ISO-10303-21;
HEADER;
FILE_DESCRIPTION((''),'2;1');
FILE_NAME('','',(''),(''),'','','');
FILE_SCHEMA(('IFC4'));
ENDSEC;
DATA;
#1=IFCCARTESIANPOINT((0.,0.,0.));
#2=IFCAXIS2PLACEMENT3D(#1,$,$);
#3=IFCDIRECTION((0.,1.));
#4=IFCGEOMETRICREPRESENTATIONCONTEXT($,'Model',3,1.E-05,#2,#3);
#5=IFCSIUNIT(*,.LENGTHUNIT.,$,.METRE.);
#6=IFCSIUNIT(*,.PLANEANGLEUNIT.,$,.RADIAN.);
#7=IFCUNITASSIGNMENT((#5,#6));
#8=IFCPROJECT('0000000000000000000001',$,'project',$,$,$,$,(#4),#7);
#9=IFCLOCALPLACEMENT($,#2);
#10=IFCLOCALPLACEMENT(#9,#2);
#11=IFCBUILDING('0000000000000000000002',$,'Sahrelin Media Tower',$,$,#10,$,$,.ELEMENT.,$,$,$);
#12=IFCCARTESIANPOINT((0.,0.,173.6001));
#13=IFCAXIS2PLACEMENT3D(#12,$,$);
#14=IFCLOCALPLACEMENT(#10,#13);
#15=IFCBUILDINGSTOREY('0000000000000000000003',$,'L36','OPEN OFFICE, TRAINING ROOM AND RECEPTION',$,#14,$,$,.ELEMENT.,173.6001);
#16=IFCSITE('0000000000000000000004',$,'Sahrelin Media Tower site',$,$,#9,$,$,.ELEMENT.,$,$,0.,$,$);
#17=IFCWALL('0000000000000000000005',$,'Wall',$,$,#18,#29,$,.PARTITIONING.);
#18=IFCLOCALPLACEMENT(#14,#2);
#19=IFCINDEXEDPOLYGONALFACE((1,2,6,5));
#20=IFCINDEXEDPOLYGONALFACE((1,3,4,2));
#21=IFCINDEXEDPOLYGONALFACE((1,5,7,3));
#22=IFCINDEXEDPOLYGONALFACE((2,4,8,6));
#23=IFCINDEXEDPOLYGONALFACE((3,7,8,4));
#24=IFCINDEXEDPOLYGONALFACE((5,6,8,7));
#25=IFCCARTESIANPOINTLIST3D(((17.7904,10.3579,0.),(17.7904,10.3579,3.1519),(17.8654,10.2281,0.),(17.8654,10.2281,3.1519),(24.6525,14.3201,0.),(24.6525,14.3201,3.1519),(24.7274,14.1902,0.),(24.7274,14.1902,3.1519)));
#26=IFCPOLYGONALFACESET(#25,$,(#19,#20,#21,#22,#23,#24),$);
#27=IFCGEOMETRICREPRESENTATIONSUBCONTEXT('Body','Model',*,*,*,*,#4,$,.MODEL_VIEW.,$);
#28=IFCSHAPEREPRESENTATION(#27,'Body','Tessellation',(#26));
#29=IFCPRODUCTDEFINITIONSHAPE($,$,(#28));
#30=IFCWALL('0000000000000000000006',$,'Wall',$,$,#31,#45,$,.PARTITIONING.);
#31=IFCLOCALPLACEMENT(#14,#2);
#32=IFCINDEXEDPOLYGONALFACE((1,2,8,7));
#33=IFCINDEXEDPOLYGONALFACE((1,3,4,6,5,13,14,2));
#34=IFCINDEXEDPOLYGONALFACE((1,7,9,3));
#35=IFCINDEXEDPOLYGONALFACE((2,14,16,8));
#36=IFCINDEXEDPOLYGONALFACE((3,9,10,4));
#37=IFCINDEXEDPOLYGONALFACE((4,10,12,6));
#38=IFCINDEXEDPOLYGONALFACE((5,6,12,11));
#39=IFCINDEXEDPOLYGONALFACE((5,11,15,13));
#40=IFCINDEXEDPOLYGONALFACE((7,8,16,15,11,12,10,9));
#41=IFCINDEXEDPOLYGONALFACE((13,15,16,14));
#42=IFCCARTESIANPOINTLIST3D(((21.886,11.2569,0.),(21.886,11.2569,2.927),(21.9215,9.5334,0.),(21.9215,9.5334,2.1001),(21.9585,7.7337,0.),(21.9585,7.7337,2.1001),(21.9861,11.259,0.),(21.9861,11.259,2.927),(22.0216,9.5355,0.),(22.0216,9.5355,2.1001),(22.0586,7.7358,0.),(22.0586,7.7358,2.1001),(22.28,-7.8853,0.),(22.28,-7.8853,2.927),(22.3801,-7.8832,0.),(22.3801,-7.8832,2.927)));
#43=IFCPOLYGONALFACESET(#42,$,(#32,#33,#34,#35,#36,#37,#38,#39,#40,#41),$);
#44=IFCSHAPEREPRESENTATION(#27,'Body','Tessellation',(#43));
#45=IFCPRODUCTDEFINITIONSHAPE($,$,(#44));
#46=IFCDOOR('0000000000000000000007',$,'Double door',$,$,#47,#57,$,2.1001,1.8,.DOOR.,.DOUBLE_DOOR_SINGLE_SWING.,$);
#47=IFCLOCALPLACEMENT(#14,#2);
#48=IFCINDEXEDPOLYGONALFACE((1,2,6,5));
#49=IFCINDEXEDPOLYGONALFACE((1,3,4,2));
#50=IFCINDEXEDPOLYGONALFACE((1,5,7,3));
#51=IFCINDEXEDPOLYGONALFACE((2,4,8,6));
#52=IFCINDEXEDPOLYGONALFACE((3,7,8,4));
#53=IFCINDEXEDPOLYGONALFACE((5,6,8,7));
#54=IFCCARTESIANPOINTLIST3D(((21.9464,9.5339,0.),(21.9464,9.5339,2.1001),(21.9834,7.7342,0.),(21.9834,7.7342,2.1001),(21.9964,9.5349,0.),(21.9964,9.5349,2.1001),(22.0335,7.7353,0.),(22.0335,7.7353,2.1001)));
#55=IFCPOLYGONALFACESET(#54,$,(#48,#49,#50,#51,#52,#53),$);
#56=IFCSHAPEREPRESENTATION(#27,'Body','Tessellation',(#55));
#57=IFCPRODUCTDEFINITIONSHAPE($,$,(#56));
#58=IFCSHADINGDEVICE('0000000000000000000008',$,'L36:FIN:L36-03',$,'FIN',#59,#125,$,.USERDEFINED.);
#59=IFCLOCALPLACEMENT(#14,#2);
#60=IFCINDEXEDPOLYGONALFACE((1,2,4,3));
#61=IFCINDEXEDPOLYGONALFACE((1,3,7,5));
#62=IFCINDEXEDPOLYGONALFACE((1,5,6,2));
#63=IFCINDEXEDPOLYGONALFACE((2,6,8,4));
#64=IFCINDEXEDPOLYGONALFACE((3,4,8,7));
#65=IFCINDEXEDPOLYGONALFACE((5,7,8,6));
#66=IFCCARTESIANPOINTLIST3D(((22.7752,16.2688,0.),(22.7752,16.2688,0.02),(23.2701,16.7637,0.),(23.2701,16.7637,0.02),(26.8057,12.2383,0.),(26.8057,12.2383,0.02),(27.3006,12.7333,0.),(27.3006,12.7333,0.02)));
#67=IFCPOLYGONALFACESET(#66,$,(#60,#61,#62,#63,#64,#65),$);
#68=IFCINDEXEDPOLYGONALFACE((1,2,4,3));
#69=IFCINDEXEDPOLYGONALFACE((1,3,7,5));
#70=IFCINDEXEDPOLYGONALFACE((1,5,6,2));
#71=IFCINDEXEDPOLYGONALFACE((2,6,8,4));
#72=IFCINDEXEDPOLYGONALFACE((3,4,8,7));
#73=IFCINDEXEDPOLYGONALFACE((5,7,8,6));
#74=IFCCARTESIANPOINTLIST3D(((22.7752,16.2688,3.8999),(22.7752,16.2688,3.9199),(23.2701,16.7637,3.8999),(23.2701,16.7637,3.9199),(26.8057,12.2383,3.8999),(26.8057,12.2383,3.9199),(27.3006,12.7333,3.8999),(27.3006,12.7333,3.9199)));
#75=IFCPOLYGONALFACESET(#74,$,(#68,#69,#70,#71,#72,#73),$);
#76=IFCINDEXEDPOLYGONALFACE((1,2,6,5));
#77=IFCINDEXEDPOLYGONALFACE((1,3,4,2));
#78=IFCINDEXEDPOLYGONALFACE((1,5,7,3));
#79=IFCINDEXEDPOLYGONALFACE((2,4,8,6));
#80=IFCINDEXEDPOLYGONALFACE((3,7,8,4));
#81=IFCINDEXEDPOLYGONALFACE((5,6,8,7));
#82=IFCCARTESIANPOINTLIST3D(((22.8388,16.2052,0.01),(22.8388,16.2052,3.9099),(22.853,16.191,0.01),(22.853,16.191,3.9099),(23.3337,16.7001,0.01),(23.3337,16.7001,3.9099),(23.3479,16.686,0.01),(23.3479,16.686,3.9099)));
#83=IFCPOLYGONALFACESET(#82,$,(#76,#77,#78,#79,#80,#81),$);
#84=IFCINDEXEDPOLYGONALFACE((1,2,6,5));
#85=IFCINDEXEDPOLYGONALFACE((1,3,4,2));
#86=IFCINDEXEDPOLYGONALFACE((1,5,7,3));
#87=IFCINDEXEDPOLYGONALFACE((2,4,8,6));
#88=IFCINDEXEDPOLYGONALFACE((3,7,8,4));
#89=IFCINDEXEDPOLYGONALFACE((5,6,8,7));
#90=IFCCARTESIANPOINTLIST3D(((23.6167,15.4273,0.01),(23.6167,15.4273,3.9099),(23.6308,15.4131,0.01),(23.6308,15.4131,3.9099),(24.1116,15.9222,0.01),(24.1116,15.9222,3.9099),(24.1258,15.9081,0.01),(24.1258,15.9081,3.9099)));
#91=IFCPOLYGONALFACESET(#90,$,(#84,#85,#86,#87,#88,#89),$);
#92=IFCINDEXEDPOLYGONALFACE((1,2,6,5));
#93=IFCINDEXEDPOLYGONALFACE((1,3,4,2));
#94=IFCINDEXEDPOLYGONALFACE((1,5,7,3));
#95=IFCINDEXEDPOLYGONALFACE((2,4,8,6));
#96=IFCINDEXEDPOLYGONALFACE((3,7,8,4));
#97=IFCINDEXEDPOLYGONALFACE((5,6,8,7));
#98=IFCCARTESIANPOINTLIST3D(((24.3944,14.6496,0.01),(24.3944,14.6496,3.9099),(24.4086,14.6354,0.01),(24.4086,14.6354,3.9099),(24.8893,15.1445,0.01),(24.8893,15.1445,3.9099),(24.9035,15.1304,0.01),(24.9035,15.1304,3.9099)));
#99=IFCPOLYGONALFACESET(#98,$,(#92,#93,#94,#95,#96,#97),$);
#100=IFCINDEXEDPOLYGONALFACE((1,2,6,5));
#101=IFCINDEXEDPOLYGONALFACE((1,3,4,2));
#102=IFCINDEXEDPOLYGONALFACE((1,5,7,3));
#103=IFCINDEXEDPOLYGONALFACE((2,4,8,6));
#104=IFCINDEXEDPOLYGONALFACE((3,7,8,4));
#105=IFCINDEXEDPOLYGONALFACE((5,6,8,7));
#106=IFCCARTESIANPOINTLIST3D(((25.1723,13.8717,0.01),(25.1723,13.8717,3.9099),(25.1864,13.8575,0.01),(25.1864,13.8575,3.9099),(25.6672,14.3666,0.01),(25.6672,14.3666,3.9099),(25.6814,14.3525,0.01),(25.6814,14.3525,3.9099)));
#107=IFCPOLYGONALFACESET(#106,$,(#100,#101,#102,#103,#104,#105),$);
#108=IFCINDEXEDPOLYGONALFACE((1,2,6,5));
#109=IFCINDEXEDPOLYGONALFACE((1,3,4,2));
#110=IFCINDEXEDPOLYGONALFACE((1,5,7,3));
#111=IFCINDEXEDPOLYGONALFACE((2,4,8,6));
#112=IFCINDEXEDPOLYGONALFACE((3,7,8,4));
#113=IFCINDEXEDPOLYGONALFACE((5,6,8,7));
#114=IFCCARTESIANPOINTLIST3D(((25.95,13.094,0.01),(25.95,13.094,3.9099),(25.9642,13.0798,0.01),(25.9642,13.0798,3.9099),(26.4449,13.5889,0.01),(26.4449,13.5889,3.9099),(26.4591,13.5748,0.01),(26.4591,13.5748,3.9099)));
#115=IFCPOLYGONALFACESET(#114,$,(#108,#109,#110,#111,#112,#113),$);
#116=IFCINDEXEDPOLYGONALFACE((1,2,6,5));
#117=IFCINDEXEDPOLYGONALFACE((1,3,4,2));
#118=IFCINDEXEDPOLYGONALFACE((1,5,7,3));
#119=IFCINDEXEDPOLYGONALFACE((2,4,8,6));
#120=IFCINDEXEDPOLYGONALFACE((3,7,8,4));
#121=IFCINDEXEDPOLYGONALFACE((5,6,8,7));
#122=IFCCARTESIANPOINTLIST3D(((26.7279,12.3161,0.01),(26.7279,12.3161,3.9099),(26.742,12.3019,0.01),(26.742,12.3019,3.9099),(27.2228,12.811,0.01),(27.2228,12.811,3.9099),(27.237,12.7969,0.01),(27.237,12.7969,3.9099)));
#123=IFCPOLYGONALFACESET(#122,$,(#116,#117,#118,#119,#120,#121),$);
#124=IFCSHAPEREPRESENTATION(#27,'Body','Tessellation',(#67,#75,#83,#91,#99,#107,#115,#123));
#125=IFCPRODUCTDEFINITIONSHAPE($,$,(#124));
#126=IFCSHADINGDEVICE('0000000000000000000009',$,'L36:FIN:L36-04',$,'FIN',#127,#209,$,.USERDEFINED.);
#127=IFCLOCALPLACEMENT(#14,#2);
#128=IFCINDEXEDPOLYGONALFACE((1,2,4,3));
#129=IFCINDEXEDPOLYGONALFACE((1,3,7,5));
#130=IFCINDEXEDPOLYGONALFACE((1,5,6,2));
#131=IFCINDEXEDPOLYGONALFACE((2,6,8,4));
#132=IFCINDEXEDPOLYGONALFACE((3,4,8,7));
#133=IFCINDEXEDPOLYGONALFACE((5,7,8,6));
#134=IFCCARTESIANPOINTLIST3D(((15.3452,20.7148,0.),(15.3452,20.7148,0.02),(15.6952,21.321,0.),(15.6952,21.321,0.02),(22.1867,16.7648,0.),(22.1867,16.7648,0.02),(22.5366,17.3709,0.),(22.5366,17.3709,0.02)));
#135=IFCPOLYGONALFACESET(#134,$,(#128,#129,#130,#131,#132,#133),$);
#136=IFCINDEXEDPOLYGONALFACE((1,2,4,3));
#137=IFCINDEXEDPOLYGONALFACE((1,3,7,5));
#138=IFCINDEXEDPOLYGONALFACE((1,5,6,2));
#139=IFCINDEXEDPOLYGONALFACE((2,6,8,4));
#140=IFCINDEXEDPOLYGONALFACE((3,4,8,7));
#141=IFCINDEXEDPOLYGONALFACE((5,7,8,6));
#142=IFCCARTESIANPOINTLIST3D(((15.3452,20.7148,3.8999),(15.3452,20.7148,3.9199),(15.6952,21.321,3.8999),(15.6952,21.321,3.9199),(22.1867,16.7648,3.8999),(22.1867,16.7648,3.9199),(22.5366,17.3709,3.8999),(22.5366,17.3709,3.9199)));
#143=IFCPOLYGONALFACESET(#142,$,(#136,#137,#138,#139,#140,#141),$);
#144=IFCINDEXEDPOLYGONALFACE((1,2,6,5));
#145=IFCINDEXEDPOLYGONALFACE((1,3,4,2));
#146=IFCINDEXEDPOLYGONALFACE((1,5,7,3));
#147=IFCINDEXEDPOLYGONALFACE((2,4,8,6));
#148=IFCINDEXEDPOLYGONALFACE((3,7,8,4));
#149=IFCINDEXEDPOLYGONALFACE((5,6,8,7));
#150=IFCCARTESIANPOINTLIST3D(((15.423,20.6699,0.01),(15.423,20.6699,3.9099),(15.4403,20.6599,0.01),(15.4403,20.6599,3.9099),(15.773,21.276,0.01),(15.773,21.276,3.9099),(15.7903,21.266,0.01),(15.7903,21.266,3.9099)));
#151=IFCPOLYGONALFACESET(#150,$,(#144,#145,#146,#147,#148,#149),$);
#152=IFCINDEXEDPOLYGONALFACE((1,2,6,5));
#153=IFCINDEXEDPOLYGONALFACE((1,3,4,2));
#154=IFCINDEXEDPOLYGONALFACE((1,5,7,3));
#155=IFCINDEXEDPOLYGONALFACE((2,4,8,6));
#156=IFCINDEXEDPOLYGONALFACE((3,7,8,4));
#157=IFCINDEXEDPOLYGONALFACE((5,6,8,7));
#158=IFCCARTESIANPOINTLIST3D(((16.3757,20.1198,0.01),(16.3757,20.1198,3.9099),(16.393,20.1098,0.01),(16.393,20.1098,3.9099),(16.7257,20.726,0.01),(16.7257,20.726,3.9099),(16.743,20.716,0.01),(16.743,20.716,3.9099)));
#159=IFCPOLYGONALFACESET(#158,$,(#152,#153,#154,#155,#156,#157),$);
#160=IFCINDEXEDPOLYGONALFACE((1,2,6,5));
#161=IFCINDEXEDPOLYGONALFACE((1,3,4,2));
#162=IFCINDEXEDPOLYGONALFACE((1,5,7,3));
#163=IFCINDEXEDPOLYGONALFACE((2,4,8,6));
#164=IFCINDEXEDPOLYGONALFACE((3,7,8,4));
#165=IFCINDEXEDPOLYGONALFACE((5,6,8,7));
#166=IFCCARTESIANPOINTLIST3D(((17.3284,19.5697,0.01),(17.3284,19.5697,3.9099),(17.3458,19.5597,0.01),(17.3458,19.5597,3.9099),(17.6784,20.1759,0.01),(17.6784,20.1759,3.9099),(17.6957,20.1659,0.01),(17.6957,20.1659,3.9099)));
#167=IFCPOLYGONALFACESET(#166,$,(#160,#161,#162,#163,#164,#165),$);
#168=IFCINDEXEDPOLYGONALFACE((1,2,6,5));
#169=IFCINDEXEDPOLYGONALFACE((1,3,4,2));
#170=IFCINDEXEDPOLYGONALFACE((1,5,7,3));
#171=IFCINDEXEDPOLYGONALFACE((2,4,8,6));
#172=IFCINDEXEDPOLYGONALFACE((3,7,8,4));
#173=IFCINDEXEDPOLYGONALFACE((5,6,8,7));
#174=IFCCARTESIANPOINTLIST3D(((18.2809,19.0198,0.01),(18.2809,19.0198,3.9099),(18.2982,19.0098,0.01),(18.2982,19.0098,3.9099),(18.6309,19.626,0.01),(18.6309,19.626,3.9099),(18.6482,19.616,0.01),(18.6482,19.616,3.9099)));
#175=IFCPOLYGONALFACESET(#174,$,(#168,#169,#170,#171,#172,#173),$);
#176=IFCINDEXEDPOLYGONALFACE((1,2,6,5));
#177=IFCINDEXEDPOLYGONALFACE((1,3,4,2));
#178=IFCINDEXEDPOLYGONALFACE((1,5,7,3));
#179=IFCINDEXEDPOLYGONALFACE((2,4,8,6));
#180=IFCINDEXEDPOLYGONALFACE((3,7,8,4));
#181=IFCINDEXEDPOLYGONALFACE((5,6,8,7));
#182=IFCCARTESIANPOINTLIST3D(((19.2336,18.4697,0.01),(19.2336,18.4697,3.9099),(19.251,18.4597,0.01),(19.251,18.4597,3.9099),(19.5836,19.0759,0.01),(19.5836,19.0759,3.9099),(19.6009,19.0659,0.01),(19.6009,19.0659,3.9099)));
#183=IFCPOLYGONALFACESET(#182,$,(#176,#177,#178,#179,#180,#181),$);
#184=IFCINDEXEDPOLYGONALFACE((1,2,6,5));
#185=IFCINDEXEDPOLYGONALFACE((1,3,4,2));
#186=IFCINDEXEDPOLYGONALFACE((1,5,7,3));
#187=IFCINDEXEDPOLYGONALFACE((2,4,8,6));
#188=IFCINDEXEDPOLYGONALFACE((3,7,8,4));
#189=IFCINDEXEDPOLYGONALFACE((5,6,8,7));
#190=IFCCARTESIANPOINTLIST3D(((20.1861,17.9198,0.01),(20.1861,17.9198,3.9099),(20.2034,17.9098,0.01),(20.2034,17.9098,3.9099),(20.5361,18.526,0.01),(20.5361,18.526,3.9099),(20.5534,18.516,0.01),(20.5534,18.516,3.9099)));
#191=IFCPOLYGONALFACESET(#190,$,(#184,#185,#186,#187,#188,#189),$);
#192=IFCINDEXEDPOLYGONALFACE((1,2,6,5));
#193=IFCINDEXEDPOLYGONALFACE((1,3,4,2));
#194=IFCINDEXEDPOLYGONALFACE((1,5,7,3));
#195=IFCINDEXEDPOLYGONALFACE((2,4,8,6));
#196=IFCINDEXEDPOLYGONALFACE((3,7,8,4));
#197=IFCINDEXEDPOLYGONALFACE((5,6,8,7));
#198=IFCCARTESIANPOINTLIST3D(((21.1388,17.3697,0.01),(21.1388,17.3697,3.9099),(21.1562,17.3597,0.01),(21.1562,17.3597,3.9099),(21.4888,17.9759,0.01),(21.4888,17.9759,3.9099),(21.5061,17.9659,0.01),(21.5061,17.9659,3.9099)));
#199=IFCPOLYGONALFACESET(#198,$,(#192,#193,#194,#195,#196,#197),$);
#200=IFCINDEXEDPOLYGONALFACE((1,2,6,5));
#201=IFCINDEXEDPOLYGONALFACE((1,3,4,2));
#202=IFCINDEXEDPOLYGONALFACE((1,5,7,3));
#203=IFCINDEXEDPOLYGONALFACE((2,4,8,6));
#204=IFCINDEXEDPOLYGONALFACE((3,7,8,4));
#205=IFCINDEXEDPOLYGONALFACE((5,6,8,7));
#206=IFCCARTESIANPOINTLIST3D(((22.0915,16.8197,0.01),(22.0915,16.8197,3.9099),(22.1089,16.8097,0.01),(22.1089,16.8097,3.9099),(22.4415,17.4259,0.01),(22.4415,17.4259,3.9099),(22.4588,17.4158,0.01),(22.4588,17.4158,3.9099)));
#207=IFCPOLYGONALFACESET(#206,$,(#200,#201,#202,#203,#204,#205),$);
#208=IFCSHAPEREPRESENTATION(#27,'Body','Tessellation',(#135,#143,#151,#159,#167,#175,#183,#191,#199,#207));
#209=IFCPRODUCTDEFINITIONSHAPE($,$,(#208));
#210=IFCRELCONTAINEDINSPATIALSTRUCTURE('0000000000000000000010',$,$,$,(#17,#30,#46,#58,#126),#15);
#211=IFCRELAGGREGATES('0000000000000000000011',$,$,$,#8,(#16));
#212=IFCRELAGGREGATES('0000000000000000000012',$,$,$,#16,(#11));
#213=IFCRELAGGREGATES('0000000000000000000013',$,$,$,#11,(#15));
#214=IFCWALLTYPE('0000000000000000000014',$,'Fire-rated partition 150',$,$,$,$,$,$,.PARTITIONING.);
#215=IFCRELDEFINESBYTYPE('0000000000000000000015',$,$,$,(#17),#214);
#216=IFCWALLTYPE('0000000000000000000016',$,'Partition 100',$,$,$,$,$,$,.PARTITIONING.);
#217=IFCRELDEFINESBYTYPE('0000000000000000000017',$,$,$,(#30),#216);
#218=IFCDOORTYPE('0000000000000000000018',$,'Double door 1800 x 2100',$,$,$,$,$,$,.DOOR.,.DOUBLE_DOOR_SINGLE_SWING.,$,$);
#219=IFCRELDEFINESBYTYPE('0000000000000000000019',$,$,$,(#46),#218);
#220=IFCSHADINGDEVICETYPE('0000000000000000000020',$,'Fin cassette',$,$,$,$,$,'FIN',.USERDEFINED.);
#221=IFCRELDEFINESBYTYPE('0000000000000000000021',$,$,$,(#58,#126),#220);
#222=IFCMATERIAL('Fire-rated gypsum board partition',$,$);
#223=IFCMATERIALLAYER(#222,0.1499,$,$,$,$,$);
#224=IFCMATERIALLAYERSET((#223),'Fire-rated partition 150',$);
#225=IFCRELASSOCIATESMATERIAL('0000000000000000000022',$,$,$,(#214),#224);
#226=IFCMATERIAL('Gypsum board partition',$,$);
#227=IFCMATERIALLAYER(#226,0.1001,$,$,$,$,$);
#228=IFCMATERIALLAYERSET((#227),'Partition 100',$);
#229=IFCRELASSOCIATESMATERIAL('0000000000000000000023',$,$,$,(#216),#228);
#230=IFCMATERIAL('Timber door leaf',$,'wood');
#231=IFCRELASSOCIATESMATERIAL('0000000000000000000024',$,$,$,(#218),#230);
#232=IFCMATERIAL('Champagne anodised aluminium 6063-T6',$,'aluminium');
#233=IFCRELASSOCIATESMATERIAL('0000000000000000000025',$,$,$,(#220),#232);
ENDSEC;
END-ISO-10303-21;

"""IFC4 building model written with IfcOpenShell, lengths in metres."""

from ifc_helpers import new_model, si_unit, direction, frame, frame_2d, origin, origin_2d, place, context, subcontext, project, spatial, rectangle, extrude, material, layer, layer_set, type_object, element, fill, save


model = new_model("IFC4")

# Units and contexts
model_context = context("Model", 3, precision=1e-05, world=origin(), true_north=direction((0.0, 1.0)))
body_context = subcontext(model_context, "Body", "Model", "MODEL_VIEW")
ifc_project = project(units=[si_unit("LENGTHUNIT", "METRE"), si_unit("PLANEANGLEUNIT", "RADIAN")], contexts=[model_context])

# Site, building, storey
site_placement = place(None, origin())
site = spatial("IfcSite", under=ifc_project, at=site_placement, Name="Sahrelin Media Tower site", CompositionType="ELEMENT", RefElevation=0.0)
building_placement = place(site_placement, origin())
building = spatial("IfcBuilding", under=site, at=building_placement, Name="Sahrelin Media Tower", CompositionType="ELEMENT")
storey_placement = place(building_placement, frame((0.0, 0.0, 173.6001)))
storey = spatial("IfcBuildingStorey", under=building, at=storey_placement, Name="L36", Description="OPEN OFFICE, TRAINING ROOM AND RECEPTION", CompositionType="ELEMENT", Elevation=173.6001)

# Shared definitions
ifc_material_1 = material(Name="Champagne anodised aluminium 6063-T6", Category="aluminium")

# Shared definitions
ifc_material_2 = material(Name="Fire-rated gypsum board partition")
ifc_layer_1 = layer(ifc_material_2, 0.1499)
ifc_layer_set_1 = layer_set([ifc_layer_1], Name="Fire-rated partition 150")
wall_type_1 = type_object("IfcWallType", Name="Fire-rated partition 150", PredefinedType="PARTITIONING", material=ifc_layer_set_1)

# Wall
wall_1_placement = place(storey_placement, frame((17.8279, 10.293, 0.0), z_axis=(0.0, 0.0, 1.0), x_axis=(0.866007, 0.500033, 0.0)))
element("IfcWall", 1, at=wall_1_placement, inside=storey, type_object=wall_type_1, Name="Wall", PredefinedType="PARTITIONING", context=body_context, shape_type="SweptSolid", body=[
    extrude(rectangle(XDim=7.9238, YDim=0.1499, at=frame_2d((3.9619, 0.0))), origin(), (0.0, 0.0, 1.0), 3.1519),
])

# Wall, opening, door
ifc_material_3 = material(Name="Gypsum board partition")
ifc_layer_2 = layer(ifc_material_3, 0.1001)
ifc_layer_set_2 = layer_set([ifc_layer_2], Name="Partition 100")
wall_type_2 = type_object("IfcWallType", Name="Partition 100", PredefinedType="PARTITIONING", material=ifc_layer_set_2)
wall_2_placement = place(storey_placement, frame((21.936, 11.2581, 0.0), z_axis=(0.0, 0.0, 1.0), x_axis=(0.020581, -0.999788, 0.0)))
wall_2 = element("IfcWall", 2, at=wall_2_placement, inside=storey, type_object=wall_type_2, Name="Wall", PredefinedType="PARTITIONING", context=body_context, shape_type="SweptSolid", body=[
    extrude(rectangle(XDim=19.1462, YDim=0.1001, at=frame_2d((9.5732, 0.0))), origin(), (0.0, 0.0, 1.0), 2.927),
])
opening_1_placement = place(wall_2_placement, frame((1.7241, 0.0, 0.0)))
opening_1 = element("IfcOpeningElement", 3, at=opening_1_placement, cuts=wall_2, PredefinedType="OPENING", context=body_context, shape_type="SweptSolid", body=[
    extrude(rectangle(XDim=1.8, YDim=2.1001, at=frame_2d((0.8999, 1.05))), frame((0.0, 0.05, 0.0), z_axis=(0.0, -1.0, 0.0), x_axis=(1.0, 0.0, 0.0)), (0.0, 0.0, 1.0), 0.1001),
])
ifc_material_4 = material(Name="Timber door leaf", Category="wood")
door_type_1 = type_object("IfcDoorType", Name="Double door 1800 x 2100", OperationType="DOUBLE_DOOR_SINGLE_SWING", PredefinedType="DOOR", material=ifc_material_4)
door_1_placement = place(opening_1_placement, origin())
door_1 = element("IfcDoor", 4, at=door_1_placement, inside=storey, type_object=door_type_1, Name="Double door", OperationType="DOUBLE_DOOR_SINGLE_SWING", OverallHeight=2.1001, OverallWidth=1.8, PredefinedType="DOOR", context=body_context, shape_type="SweptSolid", body=[
    extrude(rectangle(XDim=1.8, YDim=2.1001, at=frame_2d((0.8999, 1.05))), frame((0.0, 0.0249, 0.0), z_axis=(0.0, -1.0, 0.0), x_axis=(1.0, 0.0, 0.0)), (0.0, 0.0, 1.0), 0.05),
])
fill(opening_1, door_1)

# Shading devices
shading_device_type_1 = type_object("IfcShadingDeviceType", Name="Fin cassette", ElementType="FIN", PredefinedType="USERDEFINED", material=ifc_material_1)
placement_1 = place(storey_placement, frame((24.741, 14.2041, 0.0), z_axis=(0.0, 0.0, 1.0), x_axis=(0.707107, -0.707107, 0.0)))
element("IfcShadingDevice", 5, at=placement_1, inside=storey, type_object=shading_device_type_1, Name="L36:FIN:L36-03", ObjectType="FIN", PredefinedType="USERDEFINED", context=body_context, shape_type="SweptSolid", body=[
    extrude(rectangle(XDim=5.7, YDim=0.7, at=origin_2d()), frame((0.0, 0.4199, 0.0)), (0.0, 0.0, 1.0), 0.02),
    extrude(rectangle(XDim=5.7, YDim=0.7, at=origin_2d()), frame((0.0, 0.4199, 3.8999)), (0.0, 0.0, 1.0), 0.02),
    extrude(rectangle(XDim=0.02, YDim=0.7, at=origin_2d()), frame((-2.75, 0.4199, 0.01), z_axis=(0.0, 0.0, 1.0), x_axis=(1.0, 0.0, 0.0)), (0.0, 0.0, 1.0), 3.8999),
    extrude(rectangle(XDim=0.02, YDim=0.7, at=origin_2d()), frame((-1.6499, 0.4199, 0.01), z_axis=(0.0, 0.0, 1.0), x_axis=(1.0, 0.0, 0.0)), (0.0, 0.0, 1.0), 3.8999),
    extrude(rectangle(XDim=0.02, YDim=0.7, at=origin_2d()), frame((-0.55, 0.4199, 0.01), z_axis=(0.0, 0.0, 1.0), x_axis=(1.0, 0.0, 0.0)), (0.0, 0.0, 1.0), 3.8999),
    extrude(rectangle(XDim=0.02, YDim=0.7, at=origin_2d()), frame((0.55, 0.4199, 0.01), z_axis=(0.0, 0.0, 1.0), x_axis=(1.0, 0.0, 0.0)), (0.0, 0.0, 1.0), 3.8999),
    extrude(rectangle(XDim=0.02, YDim=0.7, at=origin_2d()), frame((1.6499, 0.4199, 0.01), z_axis=(0.0, 0.0, 1.0), x_axis=(1.0, 0.0, 0.0)), (0.0, 0.0, 1.0), 3.8999),
    extrude(rectangle(XDim=0.02, YDim=0.7, at=origin_2d()), frame((2.75, 0.4199, 0.01), z_axis=(0.0, 0.0, 1.0), x_axis=(1.0, 0.0, 0.0)), (0.0, 0.0, 1.0), 3.8999),
])
placement_2 = place(storey_placement, frame((18.731, 18.6792, 0.0), z_axis=(0.0, 0.0, 1.0), x_axis=(0.866019, -0.500011, 0.0)))
element("IfcShadingDevice", 6, at=placement_2, inside=storey, type_object=shading_device_type_1, Name="L36:FIN:L36-04", ObjectType="FIN", PredefinedType="USERDEFINED", context=body_context, shape_type="SweptSolid", body=[
    extrude(rectangle(XDim=7.8999, YDim=0.7, at=origin_2d()), frame((0.0, 0.4199, 0.0)), (0.0, 0.0, 1.0), 0.02),
    extrude(rectangle(XDim=7.8999, YDim=0.7, at=origin_2d()), frame((0.0, 0.4199, 3.8999)), (0.0, 0.0, 1.0), 0.02),
    extrude(rectangle(XDim=0.02, YDim=0.7, at=origin_2d()), frame((-3.8501, 0.4199, 0.01), z_axis=(0.0, 0.0, 1.0), x_axis=(1.0, 0.0, 0.0)), (0.0, 0.0, 1.0), 3.8999),
    extrude(rectangle(XDim=0.02, YDim=0.7, at=origin_2d()), frame((-2.75, 0.4199, 0.01), z_axis=(0.0, 0.0, 1.0), x_axis=(1.0, 0.0, 0.0)), (0.0, 0.0, 1.0), 3.8999),
    extrude(rectangle(XDim=0.02, YDim=0.7, at=origin_2d()), frame((-1.6499, 0.4199, 0.01), z_axis=(0.0, 0.0, 1.0), x_axis=(1.0, 0.0, 0.0)), (0.0, 0.0, 1.0), 3.8999),
    extrude(rectangle(XDim=0.02, YDim=0.7, at=origin_2d()), frame((-0.55, 0.4199, 0.01), z_axis=(0.0, 0.0, 1.0), x_axis=(1.0, 0.0, 0.0)), (0.0, 0.0, 1.0), 3.8999),
    extrude(rectangle(XDim=0.02, YDim=0.7, at=origin_2d()), frame((0.55, 0.4199, 0.01), z_axis=(0.0, 0.0, 1.0), x_axis=(1.0, 0.0, 0.0)), (0.0, 0.0, 1.0), 3.8999),
    extrude(rectangle(XDim=0.02, YDim=0.7, at=origin_2d()), frame((1.6499, 0.4199, 0.01), z_axis=(0.0, 0.0, 1.0), x_axis=(1.0, 0.0, 0.0)), (0.0, 0.0, 1.0), 3.8999),
    extrude(rectangle(XDim=0.02, YDim=0.7, at=origin_2d()), frame((2.75, 0.4199, 0.01), z_axis=(0.0, 0.0, 1.0), x_axis=(1.0, 0.0, 0.0)), (0.0, 0.0, 1.0), 3.8999),
    extrude(rectangle(XDim=0.02, YDim=0.7, at=origin_2d()), frame((3.8501, 0.4199, 0.01), z_axis=(0.0, 0.0, 1.0), x_axis=(1.0, 0.0, 0.0)), (0.0, 0.0, 1.0), 3.8999),
])

save(model, "model.ifc")
